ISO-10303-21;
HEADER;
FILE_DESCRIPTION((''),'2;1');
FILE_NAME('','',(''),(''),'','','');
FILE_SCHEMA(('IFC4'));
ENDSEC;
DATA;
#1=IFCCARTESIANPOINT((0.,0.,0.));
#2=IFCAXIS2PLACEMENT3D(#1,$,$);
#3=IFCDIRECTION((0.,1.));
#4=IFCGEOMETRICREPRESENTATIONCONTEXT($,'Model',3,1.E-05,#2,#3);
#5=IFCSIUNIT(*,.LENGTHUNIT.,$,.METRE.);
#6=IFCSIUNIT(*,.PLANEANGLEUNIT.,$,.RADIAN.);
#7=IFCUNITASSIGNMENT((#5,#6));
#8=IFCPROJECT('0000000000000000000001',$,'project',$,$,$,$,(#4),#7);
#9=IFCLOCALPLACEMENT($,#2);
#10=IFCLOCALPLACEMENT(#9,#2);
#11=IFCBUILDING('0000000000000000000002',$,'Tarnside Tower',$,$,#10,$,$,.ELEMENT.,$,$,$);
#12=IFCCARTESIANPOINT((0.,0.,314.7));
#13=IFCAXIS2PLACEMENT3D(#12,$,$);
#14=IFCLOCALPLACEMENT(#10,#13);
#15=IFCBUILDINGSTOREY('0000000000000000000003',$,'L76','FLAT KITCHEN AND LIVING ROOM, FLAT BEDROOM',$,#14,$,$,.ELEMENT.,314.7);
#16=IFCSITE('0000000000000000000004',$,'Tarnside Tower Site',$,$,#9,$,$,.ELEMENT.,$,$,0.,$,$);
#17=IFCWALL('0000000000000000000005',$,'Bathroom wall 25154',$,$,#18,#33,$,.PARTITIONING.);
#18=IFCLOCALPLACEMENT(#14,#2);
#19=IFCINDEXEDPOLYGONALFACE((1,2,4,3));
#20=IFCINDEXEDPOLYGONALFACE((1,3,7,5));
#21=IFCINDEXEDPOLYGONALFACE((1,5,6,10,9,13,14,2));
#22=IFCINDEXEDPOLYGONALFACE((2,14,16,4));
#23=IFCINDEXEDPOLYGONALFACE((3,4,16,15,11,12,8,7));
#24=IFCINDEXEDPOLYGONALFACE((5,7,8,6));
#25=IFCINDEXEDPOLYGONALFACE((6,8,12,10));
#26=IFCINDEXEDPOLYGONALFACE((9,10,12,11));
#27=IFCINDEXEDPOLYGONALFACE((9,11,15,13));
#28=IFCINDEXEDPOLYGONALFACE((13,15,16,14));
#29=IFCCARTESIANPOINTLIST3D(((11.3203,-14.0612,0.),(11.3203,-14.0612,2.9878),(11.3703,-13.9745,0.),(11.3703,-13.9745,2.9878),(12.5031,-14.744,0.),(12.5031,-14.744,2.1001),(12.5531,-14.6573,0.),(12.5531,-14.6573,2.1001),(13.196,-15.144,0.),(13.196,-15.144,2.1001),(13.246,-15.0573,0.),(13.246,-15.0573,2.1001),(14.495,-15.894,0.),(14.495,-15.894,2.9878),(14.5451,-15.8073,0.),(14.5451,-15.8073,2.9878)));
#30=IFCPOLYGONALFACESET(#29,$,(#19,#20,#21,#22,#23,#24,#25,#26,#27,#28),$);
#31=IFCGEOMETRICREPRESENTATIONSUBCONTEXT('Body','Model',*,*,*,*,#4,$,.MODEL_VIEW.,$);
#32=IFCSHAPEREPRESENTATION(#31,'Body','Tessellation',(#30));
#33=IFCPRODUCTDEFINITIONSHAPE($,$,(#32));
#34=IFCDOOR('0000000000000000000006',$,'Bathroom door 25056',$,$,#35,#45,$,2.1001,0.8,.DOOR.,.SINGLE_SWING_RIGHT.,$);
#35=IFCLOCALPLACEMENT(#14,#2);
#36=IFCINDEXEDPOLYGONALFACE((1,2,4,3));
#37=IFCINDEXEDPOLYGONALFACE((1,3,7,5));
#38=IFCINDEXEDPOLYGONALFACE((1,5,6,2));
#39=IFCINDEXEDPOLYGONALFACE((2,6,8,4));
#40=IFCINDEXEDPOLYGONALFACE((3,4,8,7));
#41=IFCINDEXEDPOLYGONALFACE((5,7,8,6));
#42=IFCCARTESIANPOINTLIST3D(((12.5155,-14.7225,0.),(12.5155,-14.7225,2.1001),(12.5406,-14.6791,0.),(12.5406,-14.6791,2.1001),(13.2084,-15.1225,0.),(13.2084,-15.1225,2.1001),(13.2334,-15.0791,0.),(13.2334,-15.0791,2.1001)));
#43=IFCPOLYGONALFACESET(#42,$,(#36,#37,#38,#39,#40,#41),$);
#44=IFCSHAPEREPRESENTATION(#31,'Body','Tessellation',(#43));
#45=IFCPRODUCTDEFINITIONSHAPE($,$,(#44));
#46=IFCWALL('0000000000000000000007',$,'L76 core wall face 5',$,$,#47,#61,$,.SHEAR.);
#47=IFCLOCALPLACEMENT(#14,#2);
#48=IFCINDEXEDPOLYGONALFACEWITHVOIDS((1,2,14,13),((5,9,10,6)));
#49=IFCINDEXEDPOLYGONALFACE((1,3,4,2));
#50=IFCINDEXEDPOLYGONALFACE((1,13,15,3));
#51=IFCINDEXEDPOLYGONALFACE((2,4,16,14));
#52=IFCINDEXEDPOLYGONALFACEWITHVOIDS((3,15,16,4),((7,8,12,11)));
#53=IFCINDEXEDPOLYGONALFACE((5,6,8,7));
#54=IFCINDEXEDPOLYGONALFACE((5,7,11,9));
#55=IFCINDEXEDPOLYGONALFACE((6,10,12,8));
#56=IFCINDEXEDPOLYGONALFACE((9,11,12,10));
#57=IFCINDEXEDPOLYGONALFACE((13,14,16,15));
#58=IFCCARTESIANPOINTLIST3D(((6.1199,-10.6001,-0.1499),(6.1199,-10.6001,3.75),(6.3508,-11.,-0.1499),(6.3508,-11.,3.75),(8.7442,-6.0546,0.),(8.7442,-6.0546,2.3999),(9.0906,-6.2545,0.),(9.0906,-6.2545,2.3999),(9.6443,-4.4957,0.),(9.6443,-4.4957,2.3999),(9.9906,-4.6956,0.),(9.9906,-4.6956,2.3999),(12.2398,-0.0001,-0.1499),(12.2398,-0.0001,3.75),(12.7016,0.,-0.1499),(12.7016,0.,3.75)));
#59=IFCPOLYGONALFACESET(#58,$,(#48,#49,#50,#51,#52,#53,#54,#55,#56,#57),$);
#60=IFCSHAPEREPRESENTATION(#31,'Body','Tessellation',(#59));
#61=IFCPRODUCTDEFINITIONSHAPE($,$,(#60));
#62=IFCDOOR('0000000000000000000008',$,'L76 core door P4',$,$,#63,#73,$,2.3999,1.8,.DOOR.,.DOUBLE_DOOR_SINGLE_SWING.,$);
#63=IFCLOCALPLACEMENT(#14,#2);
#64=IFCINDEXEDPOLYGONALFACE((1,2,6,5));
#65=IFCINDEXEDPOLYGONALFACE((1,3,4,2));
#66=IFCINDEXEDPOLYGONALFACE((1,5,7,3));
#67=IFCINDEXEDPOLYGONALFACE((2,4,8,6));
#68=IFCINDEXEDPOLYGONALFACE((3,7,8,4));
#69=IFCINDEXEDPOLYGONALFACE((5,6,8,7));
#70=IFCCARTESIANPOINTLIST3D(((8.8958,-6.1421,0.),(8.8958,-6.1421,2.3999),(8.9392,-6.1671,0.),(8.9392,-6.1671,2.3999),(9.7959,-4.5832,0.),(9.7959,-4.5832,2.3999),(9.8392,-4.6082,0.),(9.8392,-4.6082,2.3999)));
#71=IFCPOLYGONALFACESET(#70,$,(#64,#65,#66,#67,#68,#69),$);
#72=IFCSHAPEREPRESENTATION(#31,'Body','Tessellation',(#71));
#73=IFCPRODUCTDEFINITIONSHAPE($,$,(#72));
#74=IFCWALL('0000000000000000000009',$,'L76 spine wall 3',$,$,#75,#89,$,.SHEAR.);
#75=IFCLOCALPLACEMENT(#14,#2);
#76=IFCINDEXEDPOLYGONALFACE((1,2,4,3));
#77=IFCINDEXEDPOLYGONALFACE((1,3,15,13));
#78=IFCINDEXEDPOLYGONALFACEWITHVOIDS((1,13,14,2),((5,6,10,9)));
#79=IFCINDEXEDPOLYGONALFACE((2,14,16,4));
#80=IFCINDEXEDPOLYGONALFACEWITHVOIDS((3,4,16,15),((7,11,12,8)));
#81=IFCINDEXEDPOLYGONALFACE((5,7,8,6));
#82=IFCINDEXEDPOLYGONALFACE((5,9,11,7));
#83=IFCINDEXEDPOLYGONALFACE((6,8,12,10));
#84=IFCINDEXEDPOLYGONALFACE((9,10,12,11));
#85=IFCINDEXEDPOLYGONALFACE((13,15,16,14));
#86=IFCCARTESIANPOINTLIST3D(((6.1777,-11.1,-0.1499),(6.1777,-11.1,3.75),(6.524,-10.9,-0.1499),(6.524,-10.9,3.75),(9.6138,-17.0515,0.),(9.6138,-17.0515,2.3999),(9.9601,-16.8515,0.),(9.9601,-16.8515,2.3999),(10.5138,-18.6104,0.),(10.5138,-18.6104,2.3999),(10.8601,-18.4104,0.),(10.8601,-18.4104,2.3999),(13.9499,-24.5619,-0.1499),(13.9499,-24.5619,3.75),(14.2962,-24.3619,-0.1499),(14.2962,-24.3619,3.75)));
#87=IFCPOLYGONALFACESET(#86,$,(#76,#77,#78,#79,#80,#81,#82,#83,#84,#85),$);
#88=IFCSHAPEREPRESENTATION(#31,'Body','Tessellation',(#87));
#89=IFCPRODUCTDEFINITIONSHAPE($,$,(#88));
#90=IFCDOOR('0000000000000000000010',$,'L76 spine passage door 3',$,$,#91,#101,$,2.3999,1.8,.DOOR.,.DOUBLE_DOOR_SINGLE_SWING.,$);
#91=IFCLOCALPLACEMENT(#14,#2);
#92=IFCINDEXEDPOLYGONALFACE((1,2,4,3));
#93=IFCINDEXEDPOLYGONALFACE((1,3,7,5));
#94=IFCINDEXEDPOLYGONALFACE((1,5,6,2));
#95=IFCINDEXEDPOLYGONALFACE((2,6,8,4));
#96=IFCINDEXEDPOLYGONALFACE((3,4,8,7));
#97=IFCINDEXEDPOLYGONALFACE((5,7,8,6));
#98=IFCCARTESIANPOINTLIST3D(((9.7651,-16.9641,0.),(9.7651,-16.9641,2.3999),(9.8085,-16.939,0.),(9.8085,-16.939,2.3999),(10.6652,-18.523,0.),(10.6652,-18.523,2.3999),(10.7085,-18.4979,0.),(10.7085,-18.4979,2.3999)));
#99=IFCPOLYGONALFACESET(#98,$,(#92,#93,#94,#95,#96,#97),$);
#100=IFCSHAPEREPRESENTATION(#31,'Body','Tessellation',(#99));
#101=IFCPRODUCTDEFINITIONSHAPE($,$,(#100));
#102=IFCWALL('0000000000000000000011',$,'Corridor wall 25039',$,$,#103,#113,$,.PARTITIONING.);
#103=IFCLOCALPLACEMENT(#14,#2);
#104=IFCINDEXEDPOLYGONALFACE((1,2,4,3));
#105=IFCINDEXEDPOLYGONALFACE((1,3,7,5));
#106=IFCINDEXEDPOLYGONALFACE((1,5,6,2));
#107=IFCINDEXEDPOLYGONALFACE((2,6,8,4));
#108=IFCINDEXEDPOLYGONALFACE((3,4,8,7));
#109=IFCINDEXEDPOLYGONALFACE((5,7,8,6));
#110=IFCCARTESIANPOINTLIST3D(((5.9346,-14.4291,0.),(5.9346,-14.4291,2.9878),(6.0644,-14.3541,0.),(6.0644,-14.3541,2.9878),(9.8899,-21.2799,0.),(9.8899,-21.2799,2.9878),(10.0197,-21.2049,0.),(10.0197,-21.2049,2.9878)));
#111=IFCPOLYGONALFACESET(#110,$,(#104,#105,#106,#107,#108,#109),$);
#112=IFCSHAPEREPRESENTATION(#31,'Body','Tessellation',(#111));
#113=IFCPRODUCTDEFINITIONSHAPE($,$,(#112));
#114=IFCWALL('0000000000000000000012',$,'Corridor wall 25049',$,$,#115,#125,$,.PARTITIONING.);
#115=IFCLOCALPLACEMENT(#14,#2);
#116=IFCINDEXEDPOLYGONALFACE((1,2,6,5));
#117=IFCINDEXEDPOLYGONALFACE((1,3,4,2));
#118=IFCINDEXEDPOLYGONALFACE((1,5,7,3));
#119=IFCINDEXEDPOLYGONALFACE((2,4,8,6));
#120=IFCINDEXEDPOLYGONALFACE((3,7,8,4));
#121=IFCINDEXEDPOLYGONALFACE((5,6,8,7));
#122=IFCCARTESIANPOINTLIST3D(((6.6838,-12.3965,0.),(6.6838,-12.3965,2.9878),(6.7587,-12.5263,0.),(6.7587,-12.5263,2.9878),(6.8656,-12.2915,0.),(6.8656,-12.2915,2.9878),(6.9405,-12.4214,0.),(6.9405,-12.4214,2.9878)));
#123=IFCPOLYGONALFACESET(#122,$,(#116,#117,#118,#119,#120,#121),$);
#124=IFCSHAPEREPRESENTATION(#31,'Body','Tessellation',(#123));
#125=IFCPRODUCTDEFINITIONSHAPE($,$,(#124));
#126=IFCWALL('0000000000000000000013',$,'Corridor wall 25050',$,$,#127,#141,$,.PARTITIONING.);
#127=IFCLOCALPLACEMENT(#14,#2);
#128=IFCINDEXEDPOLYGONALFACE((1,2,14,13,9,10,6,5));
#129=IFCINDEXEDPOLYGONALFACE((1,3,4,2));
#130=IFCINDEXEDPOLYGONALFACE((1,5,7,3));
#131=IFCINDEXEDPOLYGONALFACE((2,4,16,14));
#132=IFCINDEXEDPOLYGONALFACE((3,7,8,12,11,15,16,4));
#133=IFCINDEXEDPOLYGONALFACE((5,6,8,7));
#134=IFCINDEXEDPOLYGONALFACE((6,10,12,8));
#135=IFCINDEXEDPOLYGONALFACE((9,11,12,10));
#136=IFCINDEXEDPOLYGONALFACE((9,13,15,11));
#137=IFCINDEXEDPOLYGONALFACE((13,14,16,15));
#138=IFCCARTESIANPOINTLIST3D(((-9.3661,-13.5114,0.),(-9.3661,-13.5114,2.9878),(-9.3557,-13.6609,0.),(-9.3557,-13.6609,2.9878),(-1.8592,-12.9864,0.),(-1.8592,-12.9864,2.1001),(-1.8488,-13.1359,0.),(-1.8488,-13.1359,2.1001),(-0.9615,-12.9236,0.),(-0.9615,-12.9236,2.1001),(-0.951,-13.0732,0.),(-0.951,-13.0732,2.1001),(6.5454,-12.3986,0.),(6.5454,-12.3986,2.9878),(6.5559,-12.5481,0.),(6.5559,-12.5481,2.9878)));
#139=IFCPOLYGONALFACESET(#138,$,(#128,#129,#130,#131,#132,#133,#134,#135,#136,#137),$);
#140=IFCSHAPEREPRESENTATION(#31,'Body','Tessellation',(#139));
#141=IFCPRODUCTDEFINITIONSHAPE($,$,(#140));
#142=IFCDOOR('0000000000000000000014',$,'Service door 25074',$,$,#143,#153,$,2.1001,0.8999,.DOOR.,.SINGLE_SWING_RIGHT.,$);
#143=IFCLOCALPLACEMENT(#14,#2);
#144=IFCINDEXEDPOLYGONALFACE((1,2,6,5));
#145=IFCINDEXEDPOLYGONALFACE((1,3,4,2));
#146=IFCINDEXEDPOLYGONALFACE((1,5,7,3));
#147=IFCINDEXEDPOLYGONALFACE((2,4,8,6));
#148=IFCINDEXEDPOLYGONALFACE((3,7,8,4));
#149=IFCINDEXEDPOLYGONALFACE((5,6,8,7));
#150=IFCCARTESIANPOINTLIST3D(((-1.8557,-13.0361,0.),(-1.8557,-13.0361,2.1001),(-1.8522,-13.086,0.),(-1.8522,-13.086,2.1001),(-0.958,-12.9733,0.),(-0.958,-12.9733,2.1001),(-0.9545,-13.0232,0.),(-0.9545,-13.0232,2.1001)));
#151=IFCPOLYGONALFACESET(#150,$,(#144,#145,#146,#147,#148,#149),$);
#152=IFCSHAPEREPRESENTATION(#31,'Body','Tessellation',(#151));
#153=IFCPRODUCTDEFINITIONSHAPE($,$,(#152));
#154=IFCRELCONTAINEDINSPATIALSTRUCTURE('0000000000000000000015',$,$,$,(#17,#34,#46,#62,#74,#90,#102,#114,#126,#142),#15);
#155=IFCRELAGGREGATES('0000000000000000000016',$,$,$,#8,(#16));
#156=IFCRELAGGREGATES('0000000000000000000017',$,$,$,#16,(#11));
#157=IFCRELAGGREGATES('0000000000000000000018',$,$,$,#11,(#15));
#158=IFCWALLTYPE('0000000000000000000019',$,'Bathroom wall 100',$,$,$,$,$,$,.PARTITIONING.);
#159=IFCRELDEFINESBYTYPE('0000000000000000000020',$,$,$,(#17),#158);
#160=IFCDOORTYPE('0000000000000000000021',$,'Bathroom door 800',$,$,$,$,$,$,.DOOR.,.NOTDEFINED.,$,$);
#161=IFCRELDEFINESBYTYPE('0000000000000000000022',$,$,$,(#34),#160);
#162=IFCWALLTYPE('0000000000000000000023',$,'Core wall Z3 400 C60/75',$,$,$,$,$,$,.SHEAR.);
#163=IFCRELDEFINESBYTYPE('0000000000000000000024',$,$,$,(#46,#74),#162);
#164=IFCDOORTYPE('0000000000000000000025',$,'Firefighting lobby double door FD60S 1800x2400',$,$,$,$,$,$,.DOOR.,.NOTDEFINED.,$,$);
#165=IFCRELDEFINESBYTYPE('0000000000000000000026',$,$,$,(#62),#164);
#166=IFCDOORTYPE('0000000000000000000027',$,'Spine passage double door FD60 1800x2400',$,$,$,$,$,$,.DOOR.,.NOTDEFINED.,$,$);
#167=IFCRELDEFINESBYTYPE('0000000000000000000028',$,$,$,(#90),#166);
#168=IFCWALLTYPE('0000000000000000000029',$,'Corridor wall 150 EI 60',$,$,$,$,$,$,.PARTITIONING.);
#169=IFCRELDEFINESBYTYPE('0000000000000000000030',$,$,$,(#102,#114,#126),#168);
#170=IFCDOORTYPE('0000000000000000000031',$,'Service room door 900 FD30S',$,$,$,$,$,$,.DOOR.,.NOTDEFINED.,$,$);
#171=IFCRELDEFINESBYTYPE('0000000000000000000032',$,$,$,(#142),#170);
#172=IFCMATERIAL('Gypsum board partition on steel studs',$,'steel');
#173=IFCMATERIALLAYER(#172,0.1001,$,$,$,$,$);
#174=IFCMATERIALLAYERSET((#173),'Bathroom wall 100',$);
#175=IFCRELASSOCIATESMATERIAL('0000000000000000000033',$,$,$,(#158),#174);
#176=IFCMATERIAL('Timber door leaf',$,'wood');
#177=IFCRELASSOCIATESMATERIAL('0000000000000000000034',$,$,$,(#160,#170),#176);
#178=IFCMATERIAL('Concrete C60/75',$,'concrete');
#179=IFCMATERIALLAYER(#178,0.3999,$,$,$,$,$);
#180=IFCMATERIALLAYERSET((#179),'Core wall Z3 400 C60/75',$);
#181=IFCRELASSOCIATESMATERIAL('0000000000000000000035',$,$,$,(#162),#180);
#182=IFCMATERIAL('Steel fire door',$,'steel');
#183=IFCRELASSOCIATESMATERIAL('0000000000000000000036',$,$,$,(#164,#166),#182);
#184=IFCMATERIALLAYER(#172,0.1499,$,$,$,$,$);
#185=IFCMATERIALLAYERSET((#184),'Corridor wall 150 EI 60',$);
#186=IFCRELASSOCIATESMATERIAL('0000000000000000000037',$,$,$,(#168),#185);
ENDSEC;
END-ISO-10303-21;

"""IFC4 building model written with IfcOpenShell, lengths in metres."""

from ifc_helpers import new_model, si_unit, direction, frame, frame_2d, origin, place, context, subcontext, project, spatial, polyline, rectangle, outline, extrude, material, layer, layer_set, type_object, element, fill, save


model = new_model("IFC4")

# Units and contexts
model_context = context("Model", 3, precision=1e-05, world=origin(), true_north=direction((0.0, 1.0)))
body_context = subcontext(model_context, "Body", "Model", "MODEL_VIEW")
ifc_project = project(units=[si_unit("LENGTHUNIT", "METRE"), si_unit("PLANEANGLEUNIT", "RADIAN")], contexts=[model_context])

# Site, building, storey
site_placement = place(None, origin())
site = spatial("IfcSite", under=ifc_project, at=site_placement, Name="Tarnside Tower Site", CompositionType="ELEMENT", RefElevation=0.0)
building_placement = place(site_placement, origin())
building = spatial("IfcBuilding", under=site, at=building_placement, Name="Tarnside Tower", CompositionType="ELEMENT")
storey_placement = place(building_placement, frame((0.0, 0.0, 314.7)))
storey = spatial("IfcBuildingStorey", under=building, at=storey_placement, Name="L76", Description="FLAT KITCHEN AND LIVING ROOM, FLAT BEDROOM", CompositionType="ELEMENT", Elevation=314.7)

# Walls, openings, doors
ifc_material_1 = material(Name="Gypsum board partition on steel studs", Category="steel")
ifc_layer_1 = layer(ifc_material_1, 0.1001)
ifc_layer_set_1 = layer_set([ifc_layer_1], Name="Bathroom wall 100")
wall_type_1 = type_object("IfcWallType", Name="Bathroom wall 100", PredefinedType="PARTITIONING", material=ifc_layer_set_1)
wall_1_placement = place(storey_placement, frame((11.3452, -14.0178, 0.0), z_axis=(0.0, 0.0, 1.0), x_axis=(0.86605, -0.499957, 0.0)))
wall_1 = element("IfcWall", 1, at=wall_1_placement, inside=storey, type_object=wall_type_1, Name="Bathroom wall 25154", PredefinedType="PARTITIONING", context=body_context, shape_type="SweptSolid", body=[
    extrude(rectangle(XDim=3.6658, YDim=0.1001, at=frame_2d((1.833, 0.0))), origin(), (0.0, 0.0, 1.0), 2.9878),
])
opening_1_placement = place(wall_1_placement, frame((1.366, 0.0, 0.0)))
opening_1 = element("IfcOpeningElement", 2, at=opening_1_placement, cuts=wall_1, PredefinedType="OPENING", context=body_context, shape_type="SweptSolid", body=[
    extrude(rectangle(XDim=0.8, YDim=2.1001, at=frame_2d((0.3999, 1.05))), frame((0.0, 0.0601, 0.0), z_axis=(0.0, -1.0, 0.0), x_axis=(1.0, 0.0, 0.0)), (0.0, 0.0, 1.0), 0.1201),
])
ifc_material_2 = material(Name="Timber door leaf", Category="wood")
door_type_1 = type_object("IfcDoorType", Name="Bathroom door 800", OperationType="NOTDEFINED", PredefinedType="DOOR", material=ifc_material_2)
door_1_placement = place(opening_1_placement, origin())
door_1 = element("IfcDoor", 3, at=door_1_placement, inside=storey, type_object=door_type_1, Name="Bathroom door 25056", OperationType="SINGLE_SWING_RIGHT", OverallHeight=2.1001, OverallWidth=0.8, PredefinedType="DOOR", context=body_context, shape_type="SweptSolid", body=[
    extrude(rectangle(XDim=0.8, YDim=2.1001, at=frame_2d((0.3999, 1.05))), frame((0.0, 0.0249, 0.0), z_axis=(0.0, -1.0, 0.0), x_axis=(1.0, 0.0, 0.0)), (0.0, 0.0, 1.0), 0.05),
])
fill(opening_1, door_1)
ifc_material_3 = material(Name="Concrete C60/75", Category="concrete")
ifc_layer_2 = layer(ifc_material_3, 0.3999)
ifc_layer_set_2 = layer_set([ifc_layer_2], Name="Core wall Z3 400 C60/75")
wall_type_2 = type_object("IfcWallType", Name="Core wall Z3 400 C60/75", PredefinedType="SHEAR", material=ifc_layer_set_2)
wall_2_placement = place(storey_placement, frame((6.2354, -10.8, -0.1499), z_axis=(0.0, 0.0, 1.0), x_axis=(0.499996, 0.866027, 0.0)))
wall_2 = element("IfcWall", 4, at=wall_2_placement, inside=storey, type_object=wall_type_2, Name="L76 core wall face 5", PredefinedType="SHEAR", context=body_context, shape_type="SweptSolid", body=[
    extrude(outline(polyline([(-0.1155, -0.2), (12.5862, -0.2), (12.3552, 0.2), (0.1155, 0.2), (-0.1155, -0.2)])), origin(), (0.0, 0.0, 1.0), 3.8999),
])
opening_2_placement = place(wall_2_placement, frame((5.3643, 0.0, 0.1499)))
opening_2 = element("IfcOpeningElement", 5, at=opening_2_placement, cuts=wall_2, PredefinedType="OPENING", context=body_context, shape_type="SweptSolid", body=[
    extrude(rectangle(XDim=1.8, YDim=2.3999, at=frame_2d((0.8999, 1.2))), frame((0.0, 0.21, 0.0), z_axis=(0.0, -1.0, 0.0), x_axis=(1.0, 0.0, 0.0)), (0.0, 0.0, 1.0), 0.4199),
])
ifc_material_4 = material(Name="Steel fire door", Category="steel")
door_type_2 = type_object("IfcDoorType", Name="Firefighting lobby double door FD60S 1800x2400", OperationType="NOTDEFINED", PredefinedType="DOOR", material=ifc_material_4)
door_2_placement = place(opening_2_placement, origin())
door_2 = element("IfcDoor", 6, at=door_2_placement, inside=storey, type_object=door_type_2, Name="L76 core door P4", OperationType="DOUBLE_DOOR_SINGLE_SWING", OverallHeight=2.3999, OverallWidth=1.8, PredefinedType="DOOR", context=body_context, shape_type="SweptSolid", body=[
    extrude(rectangle(XDim=1.8, YDim=2.3999, at=frame_2d((0.8999, 1.2))), frame((0.0, 0.0249, 0.0), z_axis=(0.0, -1.0, 0.0), x_axis=(1.0, 0.0, 0.0)), (0.0, 0.0, 1.0), 0.05),
])
fill(opening_2, door_2)
wall_3_placement = place(storey_placement, frame((6.3508, -11.0, -0.1499), z_axis=(0.0, 0.0, 1.0), x_axis=(0.499999, -0.866026, 0.0)))
wall_3 = element("IfcWall", 7, at=wall_3_placement, inside=storey, type_object=wall_type_2, Name="L76 spine wall 3", PredefinedType="SHEAR", context=body_context, shape_type="SweptSolid", body=[
    extrude(rectangle(XDim=15.5444, YDim=0.3999, at=frame_2d((7.7722, 0.0))), origin(), (0.0, 0.0, 1.0), 3.8999),
])
opening_3_placement = place(wall_3_placement, frame((6.8723, 0.0, 0.1499)))
opening_3 = element("IfcOpeningElement", 8, at=opening_3_placement, cuts=wall_3, PredefinedType="OPENING", context=body_context, shape_type="SweptSolid", body=[
    extrude(rectangle(XDim=1.8, YDim=2.3999, at=frame_2d((0.8999, 1.2))), frame((0.0, 0.21, 0.0), z_axis=(0.0, -1.0, 0.0), x_axis=(1.0, 0.0, 0.0)), (0.0, 0.0, 1.0), 0.4199),
])
door_type_3 = type_object("IfcDoorType", Name="Spine passage double door FD60 1800x2400", OperationType="NOTDEFINED", PredefinedType="DOOR", material=ifc_material_4)
door_3_placement = place(opening_3_placement, origin())
door_3 = element("IfcDoor", 9, at=door_3_placement, inside=storey, type_object=door_type_3, Name="L76 spine passage door 3", OperationType="DOUBLE_DOOR_SINGLE_SWING", OverallHeight=2.3999, OverallWidth=1.8, PredefinedType="DOOR", context=body_context, shape_type="SweptSolid", body=[
    extrude(rectangle(XDim=1.8, YDim=2.3999, at=frame_2d((0.8999, 1.2))), frame((0.0, 0.0249, 0.0), z_axis=(0.0, -1.0, 0.0), x_axis=(1.0, 0.0, 0.0)), (0.0, 0.0, 1.0), 0.05),
])
fill(opening_3, door_3)

# Walls
ifc_layer_3 = layer(ifc_material_1, 0.1499)
ifc_layer_set_3 = layer_set([ifc_layer_3], Name="Corridor wall 150 EI 60")
wall_type_3 = type_object("IfcWallType", Name="Corridor wall 150 EI 60", PredefinedType="PARTITIONING", material=ifc_layer_set_3)
wall_4_placement = place(storey_placement, frame((5.9995, -14.3916, 0.0), z_axis=(0.0, 0.0, 1.0), x_axis=(0.499999, -0.866026, 0.0)))
element("IfcWall", 10, at=wall_4_placement, inside=storey, type_object=wall_type_3, Name="Corridor wall 25039", PredefinedType="PARTITIONING", context=body_context, shape_type="SweptSolid", body=[
    extrude(rectangle(XDim=7.9106, YDim=0.1499, at=frame_2d((3.9553, 0.0))), origin(), (0.0, 0.0, 1.0), 2.9878),
])
wall_5_placement = place(storey_placement, frame((6.9031, -12.3564, 0.0), z_axis=(0.0, 0.0, 1.0), x_axis=(-0.866089, -0.49989, 0.0)))
element("IfcWall", 11, at=wall_5_placement, inside=storey, type_object=wall_type_3, Name="Corridor wall 25049", PredefinedType="PARTITIONING", context=body_context, shape_type="SweptSolid", body=[
    extrude(rectangle(XDim=0.21, YDim=0.1499, at=frame_2d((0.105, 0.0))), origin(), (0.0, 0.0, 1.0), 2.9878),
])

# Wall, opening, door
wall_6_placement = place(storey_placement, frame((6.5505, -12.4734, 0.0), z_axis=(0.0, 0.0, 1.0), x_axis=(-0.997563, -0.069765, 0.0)))
wall_6 = element("IfcWall", 12, at=wall_6_placement, inside=storey, type_object=wall_type_3, Name="Corridor wall 25050", PredefinedType="PARTITIONING", context=body_context, shape_type="SweptSolid", body=[
    extrude(rectangle(XDim=15.9504, YDim=0.1499, at=frame_2d((7.9751, 0.0))), origin(), (0.0, 0.0, 1.0), 2.9878),
])
opening_4_placement = place(wall_6_placement, frame((7.5251, 0.0, 0.0)))
opening_4 = element("IfcOpeningElement", 13, at=opening_4_placement, cuts=wall_6, PredefinedType="OPENING", context=body_context, shape_type="SweptSolid", body=[
    extrude(rectangle(XDim=0.8999, YDim=2.1001, at=frame_2d((0.45, 1.05))), frame((0.0, 0.085, 0.0), z_axis=(0.0, -1.0, 0.0), x_axis=(1.0, 0.0, 0.0)), (0.0, 0.0, 1.0), 0.1699),
])
door_type_4 = type_object("IfcDoorType", Name="Service room door 900 FD30S", OperationType="NOTDEFINED", PredefinedType="DOOR", material=ifc_material_2)
door_4_placement = place(opening_4_placement, origin())
door_4 = element("IfcDoor", 14, at=door_4_placement, inside=storey, type_object=door_type_4, Name="Service door 25074", OperationType="SINGLE_SWING_RIGHT", OverallHeight=2.1001, OverallWidth=0.8999, PredefinedType="DOOR", context=body_context, shape_type="SweptSolid", body=[
    extrude(rectangle(XDim=0.8999, YDim=2.1001, at=frame_2d((0.45, 1.05))), frame((0.0, 0.0249, 0.0), z_axis=(0.0, -1.0, 0.0), x_axis=(1.0, 0.0, 0.0)), (0.0, 0.0, 1.0), 0.05),
])
fill(opening_4, door_4)

save(model, "model.ifc")
